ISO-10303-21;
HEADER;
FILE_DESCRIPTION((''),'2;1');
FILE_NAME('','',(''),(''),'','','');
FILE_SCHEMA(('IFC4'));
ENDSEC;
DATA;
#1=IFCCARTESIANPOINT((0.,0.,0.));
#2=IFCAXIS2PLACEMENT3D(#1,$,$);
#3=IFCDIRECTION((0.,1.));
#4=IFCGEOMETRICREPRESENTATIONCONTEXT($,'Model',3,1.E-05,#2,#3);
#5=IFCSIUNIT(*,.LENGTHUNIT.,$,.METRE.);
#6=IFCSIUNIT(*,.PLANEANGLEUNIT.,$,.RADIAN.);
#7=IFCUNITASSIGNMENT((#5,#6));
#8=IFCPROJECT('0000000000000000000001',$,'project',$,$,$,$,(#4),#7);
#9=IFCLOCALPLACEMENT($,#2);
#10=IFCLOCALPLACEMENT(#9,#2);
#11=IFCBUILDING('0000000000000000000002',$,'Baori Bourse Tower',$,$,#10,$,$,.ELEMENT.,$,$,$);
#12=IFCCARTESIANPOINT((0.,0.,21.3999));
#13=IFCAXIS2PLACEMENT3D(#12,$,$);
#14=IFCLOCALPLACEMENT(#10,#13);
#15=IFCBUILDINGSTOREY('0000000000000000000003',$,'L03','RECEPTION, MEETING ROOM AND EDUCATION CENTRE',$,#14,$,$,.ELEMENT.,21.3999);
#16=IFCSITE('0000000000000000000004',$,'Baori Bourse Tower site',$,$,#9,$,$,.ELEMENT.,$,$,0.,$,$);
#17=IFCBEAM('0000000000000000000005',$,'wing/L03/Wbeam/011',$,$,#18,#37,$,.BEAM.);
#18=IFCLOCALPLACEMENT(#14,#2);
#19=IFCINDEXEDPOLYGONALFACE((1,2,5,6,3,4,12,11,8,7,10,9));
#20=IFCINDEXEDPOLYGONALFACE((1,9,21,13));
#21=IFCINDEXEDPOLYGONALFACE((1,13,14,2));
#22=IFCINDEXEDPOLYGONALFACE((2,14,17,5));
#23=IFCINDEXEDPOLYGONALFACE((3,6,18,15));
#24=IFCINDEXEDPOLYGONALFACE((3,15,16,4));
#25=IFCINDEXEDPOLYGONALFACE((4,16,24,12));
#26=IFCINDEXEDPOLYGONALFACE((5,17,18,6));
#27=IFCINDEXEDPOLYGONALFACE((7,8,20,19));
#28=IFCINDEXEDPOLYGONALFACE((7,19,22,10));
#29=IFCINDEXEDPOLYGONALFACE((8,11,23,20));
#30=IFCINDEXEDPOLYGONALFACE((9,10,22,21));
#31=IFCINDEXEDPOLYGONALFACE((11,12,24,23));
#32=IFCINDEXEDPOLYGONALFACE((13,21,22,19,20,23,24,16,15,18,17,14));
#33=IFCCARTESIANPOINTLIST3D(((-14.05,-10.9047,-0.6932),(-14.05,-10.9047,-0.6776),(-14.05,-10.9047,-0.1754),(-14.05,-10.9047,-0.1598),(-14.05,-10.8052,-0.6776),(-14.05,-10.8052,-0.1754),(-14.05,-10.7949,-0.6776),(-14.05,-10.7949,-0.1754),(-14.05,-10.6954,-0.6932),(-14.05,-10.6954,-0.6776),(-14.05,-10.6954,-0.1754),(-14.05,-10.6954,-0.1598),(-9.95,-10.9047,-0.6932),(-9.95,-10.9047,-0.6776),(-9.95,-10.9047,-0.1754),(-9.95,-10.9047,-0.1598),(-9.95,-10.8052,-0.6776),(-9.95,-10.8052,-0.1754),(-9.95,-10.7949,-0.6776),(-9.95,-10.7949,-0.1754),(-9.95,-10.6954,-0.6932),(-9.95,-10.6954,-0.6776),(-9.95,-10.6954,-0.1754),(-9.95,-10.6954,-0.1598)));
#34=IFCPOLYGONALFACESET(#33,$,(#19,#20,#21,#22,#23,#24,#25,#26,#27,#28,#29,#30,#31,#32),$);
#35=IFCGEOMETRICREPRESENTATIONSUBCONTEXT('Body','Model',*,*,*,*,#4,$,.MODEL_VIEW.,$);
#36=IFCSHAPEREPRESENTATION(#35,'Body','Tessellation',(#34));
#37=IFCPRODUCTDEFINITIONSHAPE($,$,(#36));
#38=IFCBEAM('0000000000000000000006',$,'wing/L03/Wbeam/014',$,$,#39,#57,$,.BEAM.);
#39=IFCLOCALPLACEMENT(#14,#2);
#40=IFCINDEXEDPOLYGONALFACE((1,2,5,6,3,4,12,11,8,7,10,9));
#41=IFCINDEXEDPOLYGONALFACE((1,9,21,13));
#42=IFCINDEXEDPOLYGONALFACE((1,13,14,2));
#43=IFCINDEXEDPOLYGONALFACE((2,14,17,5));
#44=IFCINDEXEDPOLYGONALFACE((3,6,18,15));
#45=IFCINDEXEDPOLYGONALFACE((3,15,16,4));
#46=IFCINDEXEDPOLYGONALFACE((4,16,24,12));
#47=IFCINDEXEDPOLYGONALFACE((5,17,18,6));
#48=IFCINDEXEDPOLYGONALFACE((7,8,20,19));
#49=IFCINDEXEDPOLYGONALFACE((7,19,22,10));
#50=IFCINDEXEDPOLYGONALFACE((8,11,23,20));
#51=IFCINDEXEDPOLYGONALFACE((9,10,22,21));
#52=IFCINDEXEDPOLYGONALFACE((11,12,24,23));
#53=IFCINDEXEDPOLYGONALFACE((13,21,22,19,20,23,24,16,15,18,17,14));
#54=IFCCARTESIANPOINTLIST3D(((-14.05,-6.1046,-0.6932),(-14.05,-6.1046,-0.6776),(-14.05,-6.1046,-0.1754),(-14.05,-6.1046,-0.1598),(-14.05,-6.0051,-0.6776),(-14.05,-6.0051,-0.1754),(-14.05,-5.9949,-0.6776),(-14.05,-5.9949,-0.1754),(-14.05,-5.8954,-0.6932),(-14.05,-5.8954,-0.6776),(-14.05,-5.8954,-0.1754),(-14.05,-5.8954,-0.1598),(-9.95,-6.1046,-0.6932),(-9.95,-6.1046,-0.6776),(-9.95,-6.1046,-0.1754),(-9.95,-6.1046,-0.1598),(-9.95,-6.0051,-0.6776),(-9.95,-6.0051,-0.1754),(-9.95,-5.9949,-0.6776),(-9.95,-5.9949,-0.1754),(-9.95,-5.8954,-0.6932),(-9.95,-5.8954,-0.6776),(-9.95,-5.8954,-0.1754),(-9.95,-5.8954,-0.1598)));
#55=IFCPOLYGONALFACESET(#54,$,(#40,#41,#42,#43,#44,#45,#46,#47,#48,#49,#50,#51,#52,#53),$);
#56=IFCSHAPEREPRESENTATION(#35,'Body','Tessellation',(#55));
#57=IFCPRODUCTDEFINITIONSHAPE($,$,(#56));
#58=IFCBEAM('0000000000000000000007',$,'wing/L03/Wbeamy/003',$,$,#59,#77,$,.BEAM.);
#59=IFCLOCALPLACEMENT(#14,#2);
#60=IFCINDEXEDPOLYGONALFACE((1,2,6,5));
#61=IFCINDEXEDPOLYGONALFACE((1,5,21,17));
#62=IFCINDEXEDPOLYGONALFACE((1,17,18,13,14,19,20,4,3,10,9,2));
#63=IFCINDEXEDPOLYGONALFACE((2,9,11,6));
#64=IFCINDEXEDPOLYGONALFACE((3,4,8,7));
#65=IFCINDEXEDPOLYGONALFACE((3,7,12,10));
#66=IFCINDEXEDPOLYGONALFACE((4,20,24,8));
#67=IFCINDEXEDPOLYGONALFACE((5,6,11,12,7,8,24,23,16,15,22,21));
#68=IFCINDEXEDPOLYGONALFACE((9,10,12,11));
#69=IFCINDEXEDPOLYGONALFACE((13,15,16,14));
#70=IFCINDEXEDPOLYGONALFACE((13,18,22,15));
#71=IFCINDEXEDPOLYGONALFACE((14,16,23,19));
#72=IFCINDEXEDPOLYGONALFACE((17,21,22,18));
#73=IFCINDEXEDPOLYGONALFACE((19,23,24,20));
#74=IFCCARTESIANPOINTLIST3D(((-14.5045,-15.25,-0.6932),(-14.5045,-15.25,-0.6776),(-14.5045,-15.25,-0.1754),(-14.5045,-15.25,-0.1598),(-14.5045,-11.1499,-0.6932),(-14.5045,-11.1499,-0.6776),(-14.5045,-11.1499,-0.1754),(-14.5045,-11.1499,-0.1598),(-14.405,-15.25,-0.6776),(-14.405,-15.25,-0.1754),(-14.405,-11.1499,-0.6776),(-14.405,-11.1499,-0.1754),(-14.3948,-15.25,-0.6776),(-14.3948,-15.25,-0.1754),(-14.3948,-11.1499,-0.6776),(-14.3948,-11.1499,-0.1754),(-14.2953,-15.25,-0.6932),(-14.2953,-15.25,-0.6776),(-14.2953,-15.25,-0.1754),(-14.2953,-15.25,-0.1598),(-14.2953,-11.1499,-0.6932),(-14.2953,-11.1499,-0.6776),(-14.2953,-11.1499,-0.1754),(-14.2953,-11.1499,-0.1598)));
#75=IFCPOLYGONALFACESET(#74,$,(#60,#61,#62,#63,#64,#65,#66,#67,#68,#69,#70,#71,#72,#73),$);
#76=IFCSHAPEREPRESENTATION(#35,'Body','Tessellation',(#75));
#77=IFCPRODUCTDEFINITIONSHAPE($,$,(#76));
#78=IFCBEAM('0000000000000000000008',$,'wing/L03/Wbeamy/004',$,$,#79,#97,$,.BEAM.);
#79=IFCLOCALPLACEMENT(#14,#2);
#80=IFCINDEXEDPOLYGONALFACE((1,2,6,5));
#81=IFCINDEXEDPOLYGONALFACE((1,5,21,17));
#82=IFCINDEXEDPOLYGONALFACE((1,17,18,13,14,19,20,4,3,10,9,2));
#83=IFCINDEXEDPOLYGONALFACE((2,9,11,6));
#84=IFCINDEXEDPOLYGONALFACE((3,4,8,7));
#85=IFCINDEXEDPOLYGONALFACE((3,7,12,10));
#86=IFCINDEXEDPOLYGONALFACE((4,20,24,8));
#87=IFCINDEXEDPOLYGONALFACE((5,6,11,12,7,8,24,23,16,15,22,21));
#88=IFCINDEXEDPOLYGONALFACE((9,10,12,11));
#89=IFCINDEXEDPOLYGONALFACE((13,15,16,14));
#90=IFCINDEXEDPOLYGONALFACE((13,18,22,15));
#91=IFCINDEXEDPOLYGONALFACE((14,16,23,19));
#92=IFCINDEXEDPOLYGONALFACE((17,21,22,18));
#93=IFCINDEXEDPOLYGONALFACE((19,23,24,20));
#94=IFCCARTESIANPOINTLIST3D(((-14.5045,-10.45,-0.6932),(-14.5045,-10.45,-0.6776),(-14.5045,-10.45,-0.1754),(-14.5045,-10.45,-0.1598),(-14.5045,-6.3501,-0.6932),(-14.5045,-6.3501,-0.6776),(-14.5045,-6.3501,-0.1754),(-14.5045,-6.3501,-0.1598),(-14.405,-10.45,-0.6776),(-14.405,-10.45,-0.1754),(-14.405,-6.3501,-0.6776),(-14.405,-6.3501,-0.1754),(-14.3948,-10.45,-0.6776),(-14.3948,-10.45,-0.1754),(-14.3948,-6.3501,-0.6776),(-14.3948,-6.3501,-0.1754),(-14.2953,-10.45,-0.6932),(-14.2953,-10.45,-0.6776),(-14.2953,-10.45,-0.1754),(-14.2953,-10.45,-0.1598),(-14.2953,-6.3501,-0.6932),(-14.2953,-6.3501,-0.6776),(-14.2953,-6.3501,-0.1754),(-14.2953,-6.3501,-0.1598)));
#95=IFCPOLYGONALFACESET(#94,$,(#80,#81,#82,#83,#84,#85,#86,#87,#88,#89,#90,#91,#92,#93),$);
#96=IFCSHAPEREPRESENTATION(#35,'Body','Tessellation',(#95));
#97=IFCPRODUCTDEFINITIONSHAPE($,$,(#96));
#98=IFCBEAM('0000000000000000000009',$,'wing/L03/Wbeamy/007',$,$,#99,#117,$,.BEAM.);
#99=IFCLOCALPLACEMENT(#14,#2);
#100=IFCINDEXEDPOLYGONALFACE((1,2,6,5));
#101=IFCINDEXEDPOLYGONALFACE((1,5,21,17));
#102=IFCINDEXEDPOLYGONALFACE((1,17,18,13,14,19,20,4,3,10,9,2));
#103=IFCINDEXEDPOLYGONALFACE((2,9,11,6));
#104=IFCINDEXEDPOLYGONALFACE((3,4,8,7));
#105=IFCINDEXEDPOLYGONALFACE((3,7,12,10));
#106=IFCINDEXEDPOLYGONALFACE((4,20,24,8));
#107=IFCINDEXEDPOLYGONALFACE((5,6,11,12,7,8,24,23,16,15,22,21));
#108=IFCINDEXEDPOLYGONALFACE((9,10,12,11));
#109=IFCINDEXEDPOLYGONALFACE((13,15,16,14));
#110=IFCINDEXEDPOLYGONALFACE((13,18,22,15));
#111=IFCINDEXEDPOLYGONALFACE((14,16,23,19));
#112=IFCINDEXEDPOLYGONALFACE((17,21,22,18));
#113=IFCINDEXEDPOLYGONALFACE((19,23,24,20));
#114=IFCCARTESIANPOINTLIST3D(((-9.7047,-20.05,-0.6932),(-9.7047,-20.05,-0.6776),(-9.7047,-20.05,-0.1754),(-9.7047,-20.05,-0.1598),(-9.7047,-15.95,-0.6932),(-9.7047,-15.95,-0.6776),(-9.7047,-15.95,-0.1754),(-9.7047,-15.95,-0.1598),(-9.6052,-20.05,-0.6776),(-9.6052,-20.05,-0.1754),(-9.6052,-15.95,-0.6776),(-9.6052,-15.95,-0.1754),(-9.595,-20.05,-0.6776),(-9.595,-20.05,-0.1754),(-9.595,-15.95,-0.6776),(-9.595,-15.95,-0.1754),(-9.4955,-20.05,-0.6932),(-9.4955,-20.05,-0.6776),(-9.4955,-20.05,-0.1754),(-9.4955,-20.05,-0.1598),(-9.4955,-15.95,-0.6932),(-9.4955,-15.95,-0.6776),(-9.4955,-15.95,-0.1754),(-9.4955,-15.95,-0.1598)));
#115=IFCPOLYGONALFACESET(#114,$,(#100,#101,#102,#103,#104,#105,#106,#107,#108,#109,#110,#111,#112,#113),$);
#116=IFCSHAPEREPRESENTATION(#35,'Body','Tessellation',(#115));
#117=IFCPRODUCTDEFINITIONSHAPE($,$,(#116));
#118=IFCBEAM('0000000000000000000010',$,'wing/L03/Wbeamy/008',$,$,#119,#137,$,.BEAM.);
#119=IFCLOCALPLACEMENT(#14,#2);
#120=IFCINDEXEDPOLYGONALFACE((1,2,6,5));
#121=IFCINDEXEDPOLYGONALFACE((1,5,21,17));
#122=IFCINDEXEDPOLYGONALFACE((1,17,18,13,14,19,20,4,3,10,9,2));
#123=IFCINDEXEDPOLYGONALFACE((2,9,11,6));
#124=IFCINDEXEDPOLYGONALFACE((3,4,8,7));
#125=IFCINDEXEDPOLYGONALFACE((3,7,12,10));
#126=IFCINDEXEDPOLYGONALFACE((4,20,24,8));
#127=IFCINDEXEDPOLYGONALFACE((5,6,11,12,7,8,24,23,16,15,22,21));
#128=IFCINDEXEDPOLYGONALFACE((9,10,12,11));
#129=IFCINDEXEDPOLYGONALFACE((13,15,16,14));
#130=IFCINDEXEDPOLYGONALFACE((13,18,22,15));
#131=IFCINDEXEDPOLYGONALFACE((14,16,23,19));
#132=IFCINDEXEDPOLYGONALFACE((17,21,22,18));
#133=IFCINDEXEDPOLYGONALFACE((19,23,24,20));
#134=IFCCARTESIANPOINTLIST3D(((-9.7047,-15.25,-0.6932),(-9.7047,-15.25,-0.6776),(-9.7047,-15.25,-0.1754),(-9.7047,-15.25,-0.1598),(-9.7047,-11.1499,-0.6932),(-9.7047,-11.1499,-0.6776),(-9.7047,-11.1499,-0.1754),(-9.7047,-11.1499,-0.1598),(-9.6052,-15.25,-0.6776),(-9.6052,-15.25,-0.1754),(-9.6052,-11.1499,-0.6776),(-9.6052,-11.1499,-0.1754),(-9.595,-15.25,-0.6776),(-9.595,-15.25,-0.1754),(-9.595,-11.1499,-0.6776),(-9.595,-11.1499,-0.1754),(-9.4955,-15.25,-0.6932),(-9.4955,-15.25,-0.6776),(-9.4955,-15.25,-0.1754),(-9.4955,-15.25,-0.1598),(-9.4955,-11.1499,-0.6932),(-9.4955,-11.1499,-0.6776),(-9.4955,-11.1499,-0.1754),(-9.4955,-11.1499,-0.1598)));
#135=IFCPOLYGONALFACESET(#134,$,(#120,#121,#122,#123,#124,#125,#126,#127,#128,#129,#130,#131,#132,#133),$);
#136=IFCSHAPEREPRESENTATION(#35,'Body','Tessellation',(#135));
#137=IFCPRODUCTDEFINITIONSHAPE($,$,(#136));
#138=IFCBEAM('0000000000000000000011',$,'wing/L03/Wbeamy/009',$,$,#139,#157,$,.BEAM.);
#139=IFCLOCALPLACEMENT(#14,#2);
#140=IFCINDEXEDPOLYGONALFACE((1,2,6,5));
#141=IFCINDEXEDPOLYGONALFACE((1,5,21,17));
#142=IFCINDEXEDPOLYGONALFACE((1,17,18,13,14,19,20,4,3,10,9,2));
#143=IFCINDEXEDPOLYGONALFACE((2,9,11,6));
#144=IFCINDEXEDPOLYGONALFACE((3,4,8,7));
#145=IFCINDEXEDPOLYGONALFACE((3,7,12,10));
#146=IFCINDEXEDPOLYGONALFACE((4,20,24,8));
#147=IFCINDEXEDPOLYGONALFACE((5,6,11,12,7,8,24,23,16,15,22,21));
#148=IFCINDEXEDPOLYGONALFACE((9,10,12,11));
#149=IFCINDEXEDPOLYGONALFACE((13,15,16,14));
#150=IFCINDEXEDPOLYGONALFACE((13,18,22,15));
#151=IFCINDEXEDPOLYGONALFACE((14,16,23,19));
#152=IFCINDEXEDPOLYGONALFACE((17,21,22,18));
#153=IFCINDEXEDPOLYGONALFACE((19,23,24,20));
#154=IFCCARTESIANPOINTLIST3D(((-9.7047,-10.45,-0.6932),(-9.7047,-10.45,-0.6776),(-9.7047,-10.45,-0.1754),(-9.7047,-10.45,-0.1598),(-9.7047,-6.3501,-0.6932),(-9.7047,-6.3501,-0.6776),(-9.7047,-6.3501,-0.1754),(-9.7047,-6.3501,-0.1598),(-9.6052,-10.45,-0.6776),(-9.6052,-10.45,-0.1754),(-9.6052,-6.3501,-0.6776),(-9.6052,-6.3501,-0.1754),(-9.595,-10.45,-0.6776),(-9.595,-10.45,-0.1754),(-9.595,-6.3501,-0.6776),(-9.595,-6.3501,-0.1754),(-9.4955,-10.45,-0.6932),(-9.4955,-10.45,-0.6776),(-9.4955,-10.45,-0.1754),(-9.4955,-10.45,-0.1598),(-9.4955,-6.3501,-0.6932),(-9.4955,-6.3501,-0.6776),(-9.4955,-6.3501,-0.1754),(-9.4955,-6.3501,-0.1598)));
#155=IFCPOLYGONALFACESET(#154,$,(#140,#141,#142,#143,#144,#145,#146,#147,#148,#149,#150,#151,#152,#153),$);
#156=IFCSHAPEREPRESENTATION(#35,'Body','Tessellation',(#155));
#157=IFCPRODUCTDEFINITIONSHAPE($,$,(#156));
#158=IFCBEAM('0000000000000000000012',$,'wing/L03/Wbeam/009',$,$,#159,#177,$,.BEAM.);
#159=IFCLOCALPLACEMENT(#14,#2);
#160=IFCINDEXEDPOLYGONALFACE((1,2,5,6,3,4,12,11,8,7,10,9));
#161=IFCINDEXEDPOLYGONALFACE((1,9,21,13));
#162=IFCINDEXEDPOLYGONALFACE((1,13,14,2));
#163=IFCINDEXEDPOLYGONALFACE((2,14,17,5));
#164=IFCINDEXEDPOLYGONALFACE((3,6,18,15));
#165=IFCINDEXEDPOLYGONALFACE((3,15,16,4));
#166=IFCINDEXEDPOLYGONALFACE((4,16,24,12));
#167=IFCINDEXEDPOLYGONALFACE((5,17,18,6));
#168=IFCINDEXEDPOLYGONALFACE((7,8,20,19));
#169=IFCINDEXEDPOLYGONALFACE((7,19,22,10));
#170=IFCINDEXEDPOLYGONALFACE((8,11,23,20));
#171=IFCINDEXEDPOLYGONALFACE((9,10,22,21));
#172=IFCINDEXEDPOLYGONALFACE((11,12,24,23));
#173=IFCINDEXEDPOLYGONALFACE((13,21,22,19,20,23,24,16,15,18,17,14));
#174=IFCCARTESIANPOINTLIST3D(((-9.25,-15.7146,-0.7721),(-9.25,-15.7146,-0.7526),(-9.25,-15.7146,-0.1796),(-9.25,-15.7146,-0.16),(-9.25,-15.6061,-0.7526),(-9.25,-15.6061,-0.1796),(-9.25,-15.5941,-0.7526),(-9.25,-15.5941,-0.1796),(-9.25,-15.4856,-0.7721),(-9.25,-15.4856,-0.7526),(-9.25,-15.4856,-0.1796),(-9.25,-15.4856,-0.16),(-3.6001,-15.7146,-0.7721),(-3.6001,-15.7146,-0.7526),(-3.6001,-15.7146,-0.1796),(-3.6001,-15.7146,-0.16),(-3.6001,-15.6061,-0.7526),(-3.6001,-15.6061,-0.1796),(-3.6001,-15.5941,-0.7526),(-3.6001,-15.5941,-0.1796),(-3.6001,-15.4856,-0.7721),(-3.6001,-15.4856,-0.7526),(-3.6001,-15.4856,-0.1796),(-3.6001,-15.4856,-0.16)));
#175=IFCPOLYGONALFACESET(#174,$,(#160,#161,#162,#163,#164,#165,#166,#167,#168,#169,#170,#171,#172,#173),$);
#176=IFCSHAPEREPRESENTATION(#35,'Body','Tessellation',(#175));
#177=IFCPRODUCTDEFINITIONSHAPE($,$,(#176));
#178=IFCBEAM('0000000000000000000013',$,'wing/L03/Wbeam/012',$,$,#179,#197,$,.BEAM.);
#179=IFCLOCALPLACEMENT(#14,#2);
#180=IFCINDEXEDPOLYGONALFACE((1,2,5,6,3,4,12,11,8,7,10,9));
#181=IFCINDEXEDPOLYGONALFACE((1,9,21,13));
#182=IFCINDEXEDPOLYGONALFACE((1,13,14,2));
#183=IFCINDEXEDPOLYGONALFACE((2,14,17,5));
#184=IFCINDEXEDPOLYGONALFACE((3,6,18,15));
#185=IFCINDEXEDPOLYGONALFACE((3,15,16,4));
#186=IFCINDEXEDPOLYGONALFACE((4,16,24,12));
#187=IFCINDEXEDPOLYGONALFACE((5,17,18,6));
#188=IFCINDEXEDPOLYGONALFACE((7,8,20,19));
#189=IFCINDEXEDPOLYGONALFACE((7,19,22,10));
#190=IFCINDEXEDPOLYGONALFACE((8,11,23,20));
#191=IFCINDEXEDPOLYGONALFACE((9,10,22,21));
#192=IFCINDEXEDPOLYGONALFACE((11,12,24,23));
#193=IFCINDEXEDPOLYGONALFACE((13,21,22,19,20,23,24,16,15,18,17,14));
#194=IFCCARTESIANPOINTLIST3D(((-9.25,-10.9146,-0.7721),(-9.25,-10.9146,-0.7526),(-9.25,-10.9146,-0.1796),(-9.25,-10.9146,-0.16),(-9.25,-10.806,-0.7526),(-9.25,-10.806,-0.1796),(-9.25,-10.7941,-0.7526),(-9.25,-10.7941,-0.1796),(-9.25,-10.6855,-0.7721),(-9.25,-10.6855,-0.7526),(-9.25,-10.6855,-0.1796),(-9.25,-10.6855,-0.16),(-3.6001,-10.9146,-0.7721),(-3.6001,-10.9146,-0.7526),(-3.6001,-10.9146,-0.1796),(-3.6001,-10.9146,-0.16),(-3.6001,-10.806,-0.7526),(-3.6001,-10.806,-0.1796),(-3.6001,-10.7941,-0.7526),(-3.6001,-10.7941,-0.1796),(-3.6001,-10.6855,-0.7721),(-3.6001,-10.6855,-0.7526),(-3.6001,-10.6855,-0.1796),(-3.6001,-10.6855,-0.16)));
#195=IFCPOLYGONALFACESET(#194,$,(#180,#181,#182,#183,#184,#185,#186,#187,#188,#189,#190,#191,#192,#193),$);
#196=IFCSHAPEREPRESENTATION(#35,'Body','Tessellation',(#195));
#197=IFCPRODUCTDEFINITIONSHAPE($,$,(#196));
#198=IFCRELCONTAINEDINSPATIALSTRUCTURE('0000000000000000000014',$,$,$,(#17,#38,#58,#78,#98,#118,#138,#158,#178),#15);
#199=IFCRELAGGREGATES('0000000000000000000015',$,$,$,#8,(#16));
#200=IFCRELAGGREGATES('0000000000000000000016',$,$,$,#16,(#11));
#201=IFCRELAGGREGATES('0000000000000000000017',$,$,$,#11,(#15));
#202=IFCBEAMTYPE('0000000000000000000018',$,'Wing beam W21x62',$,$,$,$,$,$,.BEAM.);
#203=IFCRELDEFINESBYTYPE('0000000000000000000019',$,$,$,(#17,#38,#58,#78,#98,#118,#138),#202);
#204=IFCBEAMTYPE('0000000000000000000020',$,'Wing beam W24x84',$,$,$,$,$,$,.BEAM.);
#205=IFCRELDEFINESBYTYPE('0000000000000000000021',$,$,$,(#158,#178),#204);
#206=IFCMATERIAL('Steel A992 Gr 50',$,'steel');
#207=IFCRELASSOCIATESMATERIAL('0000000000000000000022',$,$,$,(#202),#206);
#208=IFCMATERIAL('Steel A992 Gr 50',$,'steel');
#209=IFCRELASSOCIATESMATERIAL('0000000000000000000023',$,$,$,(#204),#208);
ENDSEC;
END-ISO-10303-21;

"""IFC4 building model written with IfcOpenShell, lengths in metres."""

from ifc_helpers import new_model, si_unit, direction, frame, origin, origin_2d, place, context, subcontext, project, spatial, i_section, extrude, material, material_profile, profile_set, type_object, element, save


model = new_model("IFC4")

# Units and contexts
model_context = context("Model", 3, precision=1e-05, world=origin(), true_north=direction((0.0, 1.0)))
body_context = subcontext(model_context, "Body", "Model", "MODEL_VIEW")
ifc_project = project(units=[si_unit("LENGTHUNIT", "METRE"), si_unit("PLANEANGLEUNIT", "RADIAN")], contexts=[model_context])

# Site, building, storey
site_placement = place(None, origin())
site = spatial("IfcSite", under=ifc_project, at=site_placement, Name="Baori Bourse Tower site", CompositionType="ELEMENT", RefElevation=0.0)
building_placement = place(site_placement, origin())
building = spatial("IfcBuilding", under=site, at=building_placement, Name="Baori Bourse Tower", CompositionType="ELEMENT")
storey_placement = place(building_placement, frame((0.0, 0.0, 21.3999)))
storey = spatial("IfcBuildingStorey", under=building, at=storey_placement, Name="L03", Description="RECEPTION, MEETING ROOM AND EDUCATION CENTRE", CompositionType="ELEMENT", Elevation=21.3999)

# Beams
ifc_material_1 = material(Name="Steel A992 Gr 50", Category="steel")
ifc_material_profile_1 = material_profile(ifc_material_1, i_section(OverallWidth=0.2092, OverallDepth=0.5334, WebThickness=0.0103, FlangeThickness=0.0156, at=origin_2d()), Name="W21x62")
ifc_profile_set_1 = profile_set([ifc_material_profile_1], Name="Steel A992 Gr 50")
beam_type_1 = type_object("IfcBeamType", Name="Wing beam W21x62", PredefinedType="BEAM", material=ifc_profile_set_1)
for number, where, z_axis, x_axis, name in (
    (1, (-14.05, -10.8, -0.4265), (1.0, 0.0, 0.0), (0.0, 1.0, 0.0), "wing/L03/Wbeam/011"),
    (2, (-14.05, -6.0, -0.4265), (1.0, 0.0, 0.0), (0.0, 1.0, 0.0), "wing/L03/Wbeam/014"),
    (3, (-14.3999, -15.25, -0.4265), (0.0, 1.0, 0.0), (-1.0, 0.0, 0.0), "wing/L03/Wbeamy/003"),
):
    element("IfcBeam", number, at=place(storey_placement, frame(where, z_axis=z_axis, x_axis=x_axis)), inside=storey, type_object=beam_type_1, Name=name, PredefinedType="BEAM", context=body_context, shape_type="SweptSolid", body=[
        extrude(i_section(OverallWidth=0.2092, OverallDepth=0.5334, WebThickness=0.0103, FlangeThickness=0.0156, at=origin_2d()), origin(), (0.0, 0.0, 1.0), 4.1001),
    ])
beam_1_placement = place(storey_placement, frame((-14.3999, -10.45, -0.4265), z_axis=(0.0, 1.0, 0.0), x_axis=(-1.0, 0.0, 0.0)))
element("IfcBeam", 4, at=beam_1_placement, inside=storey, type_object=beam_type_1, Name="wing/L03/Wbeamy/004", PredefinedType="BEAM", context=body_context, shape_type="SweptSolid", body=[
    extrude(i_section(OverallWidth=0.2092, OverallDepth=0.5334, WebThickness=0.0103, FlangeThickness=0.0156, at=origin_2d()), origin(), (0.0, 0.0, 1.0), 4.0999),
])
for number, where, z_axis, x_axis, name in (
    (5, (-9.6001, -20.05, -0.4265), (0.0, 1.0, 0.0), (-1.0, 0.0, 0.0), "wing/L03/Wbeamy/007"),
    (6, (-9.6001, -15.25, -0.4265), (0.0, 1.0, 0.0), (-1.0, 0.0, 0.0), "wing/L03/Wbeamy/008"),
):
    element("IfcBeam", number, at=place(storey_placement, frame(where, z_axis=z_axis, x_axis=x_axis)), inside=storey, type_object=beam_type_1, Name=name, PredefinedType="BEAM", context=body_context, shape_type="SweptSolid", body=[
        extrude(i_section(OverallWidth=0.2092, OverallDepth=0.5334, WebThickness=0.0103, FlangeThickness=0.0156, at=origin_2d()), origin(), (0.0, 0.0, 1.0), 4.1001),
    ])
beam_2_placement = place(storey_placement, frame((-9.6001, -10.45, -0.4265), z_axis=(0.0, 1.0, 0.0), x_axis=(-1.0, 0.0, 0.0)))
element("IfcBeam", 7, at=beam_2_placement, inside=storey, type_object=beam_type_1, Name="wing/L03/Wbeamy/009", PredefinedType="BEAM", context=body_context, shape_type="SweptSolid", body=[
    extrude(i_section(OverallWidth=0.2092, OverallDepth=0.5334, WebThickness=0.0103, FlangeThickness=0.0156, at=origin_2d()), origin(), (0.0, 0.0, 1.0), 4.0999),
])
ifc_material_2 = material(Name="Steel A992 Gr 50", Category="steel")
ifc_material_profile_2 = material_profile(ifc_material_2, i_section(OverallWidth=0.229, OverallDepth=0.6121, WebThickness=0.012, FlangeThickness=0.0195, at=origin_2d()), Name="W24x84")
ifc_profile_set_2 = profile_set([ifc_material_profile_2], Name="Steel A992 Gr 50")
beam_type_2 = type_object("IfcBeamType", Name="Wing beam W24x84", PredefinedType="BEAM", material=ifc_profile_set_2)
for number, where, z_axis, x_axis, name in (
    (8, (-9.25, -15.6001, -0.4661), (1.0, 0.0, 0.0), (0.0, 1.0, 0.0), "wing/L03/Wbeam/009"),
    (9, (-9.25, -10.8, -0.4661), (1.0, 0.0, 0.0), (0.0, 1.0, 0.0), "wing/L03/Wbeam/012"),
):
    element("IfcBeam", number, at=place(storey_placement, frame(where, z_axis=z_axis, x_axis=x_axis)), inside=storey, type_object=beam_type_2, Name=name, PredefinedType="BEAM", context=body_context, shape_type="SweptSolid", body=[
        extrude(i_section(OverallWidth=0.229, OverallDepth=0.6121, WebThickness=0.012, FlangeThickness=0.0195, at=origin_2d()), origin(), (0.0, 0.0, 1.0), 5.6499),
    ])

save(model, "model.ifc")
